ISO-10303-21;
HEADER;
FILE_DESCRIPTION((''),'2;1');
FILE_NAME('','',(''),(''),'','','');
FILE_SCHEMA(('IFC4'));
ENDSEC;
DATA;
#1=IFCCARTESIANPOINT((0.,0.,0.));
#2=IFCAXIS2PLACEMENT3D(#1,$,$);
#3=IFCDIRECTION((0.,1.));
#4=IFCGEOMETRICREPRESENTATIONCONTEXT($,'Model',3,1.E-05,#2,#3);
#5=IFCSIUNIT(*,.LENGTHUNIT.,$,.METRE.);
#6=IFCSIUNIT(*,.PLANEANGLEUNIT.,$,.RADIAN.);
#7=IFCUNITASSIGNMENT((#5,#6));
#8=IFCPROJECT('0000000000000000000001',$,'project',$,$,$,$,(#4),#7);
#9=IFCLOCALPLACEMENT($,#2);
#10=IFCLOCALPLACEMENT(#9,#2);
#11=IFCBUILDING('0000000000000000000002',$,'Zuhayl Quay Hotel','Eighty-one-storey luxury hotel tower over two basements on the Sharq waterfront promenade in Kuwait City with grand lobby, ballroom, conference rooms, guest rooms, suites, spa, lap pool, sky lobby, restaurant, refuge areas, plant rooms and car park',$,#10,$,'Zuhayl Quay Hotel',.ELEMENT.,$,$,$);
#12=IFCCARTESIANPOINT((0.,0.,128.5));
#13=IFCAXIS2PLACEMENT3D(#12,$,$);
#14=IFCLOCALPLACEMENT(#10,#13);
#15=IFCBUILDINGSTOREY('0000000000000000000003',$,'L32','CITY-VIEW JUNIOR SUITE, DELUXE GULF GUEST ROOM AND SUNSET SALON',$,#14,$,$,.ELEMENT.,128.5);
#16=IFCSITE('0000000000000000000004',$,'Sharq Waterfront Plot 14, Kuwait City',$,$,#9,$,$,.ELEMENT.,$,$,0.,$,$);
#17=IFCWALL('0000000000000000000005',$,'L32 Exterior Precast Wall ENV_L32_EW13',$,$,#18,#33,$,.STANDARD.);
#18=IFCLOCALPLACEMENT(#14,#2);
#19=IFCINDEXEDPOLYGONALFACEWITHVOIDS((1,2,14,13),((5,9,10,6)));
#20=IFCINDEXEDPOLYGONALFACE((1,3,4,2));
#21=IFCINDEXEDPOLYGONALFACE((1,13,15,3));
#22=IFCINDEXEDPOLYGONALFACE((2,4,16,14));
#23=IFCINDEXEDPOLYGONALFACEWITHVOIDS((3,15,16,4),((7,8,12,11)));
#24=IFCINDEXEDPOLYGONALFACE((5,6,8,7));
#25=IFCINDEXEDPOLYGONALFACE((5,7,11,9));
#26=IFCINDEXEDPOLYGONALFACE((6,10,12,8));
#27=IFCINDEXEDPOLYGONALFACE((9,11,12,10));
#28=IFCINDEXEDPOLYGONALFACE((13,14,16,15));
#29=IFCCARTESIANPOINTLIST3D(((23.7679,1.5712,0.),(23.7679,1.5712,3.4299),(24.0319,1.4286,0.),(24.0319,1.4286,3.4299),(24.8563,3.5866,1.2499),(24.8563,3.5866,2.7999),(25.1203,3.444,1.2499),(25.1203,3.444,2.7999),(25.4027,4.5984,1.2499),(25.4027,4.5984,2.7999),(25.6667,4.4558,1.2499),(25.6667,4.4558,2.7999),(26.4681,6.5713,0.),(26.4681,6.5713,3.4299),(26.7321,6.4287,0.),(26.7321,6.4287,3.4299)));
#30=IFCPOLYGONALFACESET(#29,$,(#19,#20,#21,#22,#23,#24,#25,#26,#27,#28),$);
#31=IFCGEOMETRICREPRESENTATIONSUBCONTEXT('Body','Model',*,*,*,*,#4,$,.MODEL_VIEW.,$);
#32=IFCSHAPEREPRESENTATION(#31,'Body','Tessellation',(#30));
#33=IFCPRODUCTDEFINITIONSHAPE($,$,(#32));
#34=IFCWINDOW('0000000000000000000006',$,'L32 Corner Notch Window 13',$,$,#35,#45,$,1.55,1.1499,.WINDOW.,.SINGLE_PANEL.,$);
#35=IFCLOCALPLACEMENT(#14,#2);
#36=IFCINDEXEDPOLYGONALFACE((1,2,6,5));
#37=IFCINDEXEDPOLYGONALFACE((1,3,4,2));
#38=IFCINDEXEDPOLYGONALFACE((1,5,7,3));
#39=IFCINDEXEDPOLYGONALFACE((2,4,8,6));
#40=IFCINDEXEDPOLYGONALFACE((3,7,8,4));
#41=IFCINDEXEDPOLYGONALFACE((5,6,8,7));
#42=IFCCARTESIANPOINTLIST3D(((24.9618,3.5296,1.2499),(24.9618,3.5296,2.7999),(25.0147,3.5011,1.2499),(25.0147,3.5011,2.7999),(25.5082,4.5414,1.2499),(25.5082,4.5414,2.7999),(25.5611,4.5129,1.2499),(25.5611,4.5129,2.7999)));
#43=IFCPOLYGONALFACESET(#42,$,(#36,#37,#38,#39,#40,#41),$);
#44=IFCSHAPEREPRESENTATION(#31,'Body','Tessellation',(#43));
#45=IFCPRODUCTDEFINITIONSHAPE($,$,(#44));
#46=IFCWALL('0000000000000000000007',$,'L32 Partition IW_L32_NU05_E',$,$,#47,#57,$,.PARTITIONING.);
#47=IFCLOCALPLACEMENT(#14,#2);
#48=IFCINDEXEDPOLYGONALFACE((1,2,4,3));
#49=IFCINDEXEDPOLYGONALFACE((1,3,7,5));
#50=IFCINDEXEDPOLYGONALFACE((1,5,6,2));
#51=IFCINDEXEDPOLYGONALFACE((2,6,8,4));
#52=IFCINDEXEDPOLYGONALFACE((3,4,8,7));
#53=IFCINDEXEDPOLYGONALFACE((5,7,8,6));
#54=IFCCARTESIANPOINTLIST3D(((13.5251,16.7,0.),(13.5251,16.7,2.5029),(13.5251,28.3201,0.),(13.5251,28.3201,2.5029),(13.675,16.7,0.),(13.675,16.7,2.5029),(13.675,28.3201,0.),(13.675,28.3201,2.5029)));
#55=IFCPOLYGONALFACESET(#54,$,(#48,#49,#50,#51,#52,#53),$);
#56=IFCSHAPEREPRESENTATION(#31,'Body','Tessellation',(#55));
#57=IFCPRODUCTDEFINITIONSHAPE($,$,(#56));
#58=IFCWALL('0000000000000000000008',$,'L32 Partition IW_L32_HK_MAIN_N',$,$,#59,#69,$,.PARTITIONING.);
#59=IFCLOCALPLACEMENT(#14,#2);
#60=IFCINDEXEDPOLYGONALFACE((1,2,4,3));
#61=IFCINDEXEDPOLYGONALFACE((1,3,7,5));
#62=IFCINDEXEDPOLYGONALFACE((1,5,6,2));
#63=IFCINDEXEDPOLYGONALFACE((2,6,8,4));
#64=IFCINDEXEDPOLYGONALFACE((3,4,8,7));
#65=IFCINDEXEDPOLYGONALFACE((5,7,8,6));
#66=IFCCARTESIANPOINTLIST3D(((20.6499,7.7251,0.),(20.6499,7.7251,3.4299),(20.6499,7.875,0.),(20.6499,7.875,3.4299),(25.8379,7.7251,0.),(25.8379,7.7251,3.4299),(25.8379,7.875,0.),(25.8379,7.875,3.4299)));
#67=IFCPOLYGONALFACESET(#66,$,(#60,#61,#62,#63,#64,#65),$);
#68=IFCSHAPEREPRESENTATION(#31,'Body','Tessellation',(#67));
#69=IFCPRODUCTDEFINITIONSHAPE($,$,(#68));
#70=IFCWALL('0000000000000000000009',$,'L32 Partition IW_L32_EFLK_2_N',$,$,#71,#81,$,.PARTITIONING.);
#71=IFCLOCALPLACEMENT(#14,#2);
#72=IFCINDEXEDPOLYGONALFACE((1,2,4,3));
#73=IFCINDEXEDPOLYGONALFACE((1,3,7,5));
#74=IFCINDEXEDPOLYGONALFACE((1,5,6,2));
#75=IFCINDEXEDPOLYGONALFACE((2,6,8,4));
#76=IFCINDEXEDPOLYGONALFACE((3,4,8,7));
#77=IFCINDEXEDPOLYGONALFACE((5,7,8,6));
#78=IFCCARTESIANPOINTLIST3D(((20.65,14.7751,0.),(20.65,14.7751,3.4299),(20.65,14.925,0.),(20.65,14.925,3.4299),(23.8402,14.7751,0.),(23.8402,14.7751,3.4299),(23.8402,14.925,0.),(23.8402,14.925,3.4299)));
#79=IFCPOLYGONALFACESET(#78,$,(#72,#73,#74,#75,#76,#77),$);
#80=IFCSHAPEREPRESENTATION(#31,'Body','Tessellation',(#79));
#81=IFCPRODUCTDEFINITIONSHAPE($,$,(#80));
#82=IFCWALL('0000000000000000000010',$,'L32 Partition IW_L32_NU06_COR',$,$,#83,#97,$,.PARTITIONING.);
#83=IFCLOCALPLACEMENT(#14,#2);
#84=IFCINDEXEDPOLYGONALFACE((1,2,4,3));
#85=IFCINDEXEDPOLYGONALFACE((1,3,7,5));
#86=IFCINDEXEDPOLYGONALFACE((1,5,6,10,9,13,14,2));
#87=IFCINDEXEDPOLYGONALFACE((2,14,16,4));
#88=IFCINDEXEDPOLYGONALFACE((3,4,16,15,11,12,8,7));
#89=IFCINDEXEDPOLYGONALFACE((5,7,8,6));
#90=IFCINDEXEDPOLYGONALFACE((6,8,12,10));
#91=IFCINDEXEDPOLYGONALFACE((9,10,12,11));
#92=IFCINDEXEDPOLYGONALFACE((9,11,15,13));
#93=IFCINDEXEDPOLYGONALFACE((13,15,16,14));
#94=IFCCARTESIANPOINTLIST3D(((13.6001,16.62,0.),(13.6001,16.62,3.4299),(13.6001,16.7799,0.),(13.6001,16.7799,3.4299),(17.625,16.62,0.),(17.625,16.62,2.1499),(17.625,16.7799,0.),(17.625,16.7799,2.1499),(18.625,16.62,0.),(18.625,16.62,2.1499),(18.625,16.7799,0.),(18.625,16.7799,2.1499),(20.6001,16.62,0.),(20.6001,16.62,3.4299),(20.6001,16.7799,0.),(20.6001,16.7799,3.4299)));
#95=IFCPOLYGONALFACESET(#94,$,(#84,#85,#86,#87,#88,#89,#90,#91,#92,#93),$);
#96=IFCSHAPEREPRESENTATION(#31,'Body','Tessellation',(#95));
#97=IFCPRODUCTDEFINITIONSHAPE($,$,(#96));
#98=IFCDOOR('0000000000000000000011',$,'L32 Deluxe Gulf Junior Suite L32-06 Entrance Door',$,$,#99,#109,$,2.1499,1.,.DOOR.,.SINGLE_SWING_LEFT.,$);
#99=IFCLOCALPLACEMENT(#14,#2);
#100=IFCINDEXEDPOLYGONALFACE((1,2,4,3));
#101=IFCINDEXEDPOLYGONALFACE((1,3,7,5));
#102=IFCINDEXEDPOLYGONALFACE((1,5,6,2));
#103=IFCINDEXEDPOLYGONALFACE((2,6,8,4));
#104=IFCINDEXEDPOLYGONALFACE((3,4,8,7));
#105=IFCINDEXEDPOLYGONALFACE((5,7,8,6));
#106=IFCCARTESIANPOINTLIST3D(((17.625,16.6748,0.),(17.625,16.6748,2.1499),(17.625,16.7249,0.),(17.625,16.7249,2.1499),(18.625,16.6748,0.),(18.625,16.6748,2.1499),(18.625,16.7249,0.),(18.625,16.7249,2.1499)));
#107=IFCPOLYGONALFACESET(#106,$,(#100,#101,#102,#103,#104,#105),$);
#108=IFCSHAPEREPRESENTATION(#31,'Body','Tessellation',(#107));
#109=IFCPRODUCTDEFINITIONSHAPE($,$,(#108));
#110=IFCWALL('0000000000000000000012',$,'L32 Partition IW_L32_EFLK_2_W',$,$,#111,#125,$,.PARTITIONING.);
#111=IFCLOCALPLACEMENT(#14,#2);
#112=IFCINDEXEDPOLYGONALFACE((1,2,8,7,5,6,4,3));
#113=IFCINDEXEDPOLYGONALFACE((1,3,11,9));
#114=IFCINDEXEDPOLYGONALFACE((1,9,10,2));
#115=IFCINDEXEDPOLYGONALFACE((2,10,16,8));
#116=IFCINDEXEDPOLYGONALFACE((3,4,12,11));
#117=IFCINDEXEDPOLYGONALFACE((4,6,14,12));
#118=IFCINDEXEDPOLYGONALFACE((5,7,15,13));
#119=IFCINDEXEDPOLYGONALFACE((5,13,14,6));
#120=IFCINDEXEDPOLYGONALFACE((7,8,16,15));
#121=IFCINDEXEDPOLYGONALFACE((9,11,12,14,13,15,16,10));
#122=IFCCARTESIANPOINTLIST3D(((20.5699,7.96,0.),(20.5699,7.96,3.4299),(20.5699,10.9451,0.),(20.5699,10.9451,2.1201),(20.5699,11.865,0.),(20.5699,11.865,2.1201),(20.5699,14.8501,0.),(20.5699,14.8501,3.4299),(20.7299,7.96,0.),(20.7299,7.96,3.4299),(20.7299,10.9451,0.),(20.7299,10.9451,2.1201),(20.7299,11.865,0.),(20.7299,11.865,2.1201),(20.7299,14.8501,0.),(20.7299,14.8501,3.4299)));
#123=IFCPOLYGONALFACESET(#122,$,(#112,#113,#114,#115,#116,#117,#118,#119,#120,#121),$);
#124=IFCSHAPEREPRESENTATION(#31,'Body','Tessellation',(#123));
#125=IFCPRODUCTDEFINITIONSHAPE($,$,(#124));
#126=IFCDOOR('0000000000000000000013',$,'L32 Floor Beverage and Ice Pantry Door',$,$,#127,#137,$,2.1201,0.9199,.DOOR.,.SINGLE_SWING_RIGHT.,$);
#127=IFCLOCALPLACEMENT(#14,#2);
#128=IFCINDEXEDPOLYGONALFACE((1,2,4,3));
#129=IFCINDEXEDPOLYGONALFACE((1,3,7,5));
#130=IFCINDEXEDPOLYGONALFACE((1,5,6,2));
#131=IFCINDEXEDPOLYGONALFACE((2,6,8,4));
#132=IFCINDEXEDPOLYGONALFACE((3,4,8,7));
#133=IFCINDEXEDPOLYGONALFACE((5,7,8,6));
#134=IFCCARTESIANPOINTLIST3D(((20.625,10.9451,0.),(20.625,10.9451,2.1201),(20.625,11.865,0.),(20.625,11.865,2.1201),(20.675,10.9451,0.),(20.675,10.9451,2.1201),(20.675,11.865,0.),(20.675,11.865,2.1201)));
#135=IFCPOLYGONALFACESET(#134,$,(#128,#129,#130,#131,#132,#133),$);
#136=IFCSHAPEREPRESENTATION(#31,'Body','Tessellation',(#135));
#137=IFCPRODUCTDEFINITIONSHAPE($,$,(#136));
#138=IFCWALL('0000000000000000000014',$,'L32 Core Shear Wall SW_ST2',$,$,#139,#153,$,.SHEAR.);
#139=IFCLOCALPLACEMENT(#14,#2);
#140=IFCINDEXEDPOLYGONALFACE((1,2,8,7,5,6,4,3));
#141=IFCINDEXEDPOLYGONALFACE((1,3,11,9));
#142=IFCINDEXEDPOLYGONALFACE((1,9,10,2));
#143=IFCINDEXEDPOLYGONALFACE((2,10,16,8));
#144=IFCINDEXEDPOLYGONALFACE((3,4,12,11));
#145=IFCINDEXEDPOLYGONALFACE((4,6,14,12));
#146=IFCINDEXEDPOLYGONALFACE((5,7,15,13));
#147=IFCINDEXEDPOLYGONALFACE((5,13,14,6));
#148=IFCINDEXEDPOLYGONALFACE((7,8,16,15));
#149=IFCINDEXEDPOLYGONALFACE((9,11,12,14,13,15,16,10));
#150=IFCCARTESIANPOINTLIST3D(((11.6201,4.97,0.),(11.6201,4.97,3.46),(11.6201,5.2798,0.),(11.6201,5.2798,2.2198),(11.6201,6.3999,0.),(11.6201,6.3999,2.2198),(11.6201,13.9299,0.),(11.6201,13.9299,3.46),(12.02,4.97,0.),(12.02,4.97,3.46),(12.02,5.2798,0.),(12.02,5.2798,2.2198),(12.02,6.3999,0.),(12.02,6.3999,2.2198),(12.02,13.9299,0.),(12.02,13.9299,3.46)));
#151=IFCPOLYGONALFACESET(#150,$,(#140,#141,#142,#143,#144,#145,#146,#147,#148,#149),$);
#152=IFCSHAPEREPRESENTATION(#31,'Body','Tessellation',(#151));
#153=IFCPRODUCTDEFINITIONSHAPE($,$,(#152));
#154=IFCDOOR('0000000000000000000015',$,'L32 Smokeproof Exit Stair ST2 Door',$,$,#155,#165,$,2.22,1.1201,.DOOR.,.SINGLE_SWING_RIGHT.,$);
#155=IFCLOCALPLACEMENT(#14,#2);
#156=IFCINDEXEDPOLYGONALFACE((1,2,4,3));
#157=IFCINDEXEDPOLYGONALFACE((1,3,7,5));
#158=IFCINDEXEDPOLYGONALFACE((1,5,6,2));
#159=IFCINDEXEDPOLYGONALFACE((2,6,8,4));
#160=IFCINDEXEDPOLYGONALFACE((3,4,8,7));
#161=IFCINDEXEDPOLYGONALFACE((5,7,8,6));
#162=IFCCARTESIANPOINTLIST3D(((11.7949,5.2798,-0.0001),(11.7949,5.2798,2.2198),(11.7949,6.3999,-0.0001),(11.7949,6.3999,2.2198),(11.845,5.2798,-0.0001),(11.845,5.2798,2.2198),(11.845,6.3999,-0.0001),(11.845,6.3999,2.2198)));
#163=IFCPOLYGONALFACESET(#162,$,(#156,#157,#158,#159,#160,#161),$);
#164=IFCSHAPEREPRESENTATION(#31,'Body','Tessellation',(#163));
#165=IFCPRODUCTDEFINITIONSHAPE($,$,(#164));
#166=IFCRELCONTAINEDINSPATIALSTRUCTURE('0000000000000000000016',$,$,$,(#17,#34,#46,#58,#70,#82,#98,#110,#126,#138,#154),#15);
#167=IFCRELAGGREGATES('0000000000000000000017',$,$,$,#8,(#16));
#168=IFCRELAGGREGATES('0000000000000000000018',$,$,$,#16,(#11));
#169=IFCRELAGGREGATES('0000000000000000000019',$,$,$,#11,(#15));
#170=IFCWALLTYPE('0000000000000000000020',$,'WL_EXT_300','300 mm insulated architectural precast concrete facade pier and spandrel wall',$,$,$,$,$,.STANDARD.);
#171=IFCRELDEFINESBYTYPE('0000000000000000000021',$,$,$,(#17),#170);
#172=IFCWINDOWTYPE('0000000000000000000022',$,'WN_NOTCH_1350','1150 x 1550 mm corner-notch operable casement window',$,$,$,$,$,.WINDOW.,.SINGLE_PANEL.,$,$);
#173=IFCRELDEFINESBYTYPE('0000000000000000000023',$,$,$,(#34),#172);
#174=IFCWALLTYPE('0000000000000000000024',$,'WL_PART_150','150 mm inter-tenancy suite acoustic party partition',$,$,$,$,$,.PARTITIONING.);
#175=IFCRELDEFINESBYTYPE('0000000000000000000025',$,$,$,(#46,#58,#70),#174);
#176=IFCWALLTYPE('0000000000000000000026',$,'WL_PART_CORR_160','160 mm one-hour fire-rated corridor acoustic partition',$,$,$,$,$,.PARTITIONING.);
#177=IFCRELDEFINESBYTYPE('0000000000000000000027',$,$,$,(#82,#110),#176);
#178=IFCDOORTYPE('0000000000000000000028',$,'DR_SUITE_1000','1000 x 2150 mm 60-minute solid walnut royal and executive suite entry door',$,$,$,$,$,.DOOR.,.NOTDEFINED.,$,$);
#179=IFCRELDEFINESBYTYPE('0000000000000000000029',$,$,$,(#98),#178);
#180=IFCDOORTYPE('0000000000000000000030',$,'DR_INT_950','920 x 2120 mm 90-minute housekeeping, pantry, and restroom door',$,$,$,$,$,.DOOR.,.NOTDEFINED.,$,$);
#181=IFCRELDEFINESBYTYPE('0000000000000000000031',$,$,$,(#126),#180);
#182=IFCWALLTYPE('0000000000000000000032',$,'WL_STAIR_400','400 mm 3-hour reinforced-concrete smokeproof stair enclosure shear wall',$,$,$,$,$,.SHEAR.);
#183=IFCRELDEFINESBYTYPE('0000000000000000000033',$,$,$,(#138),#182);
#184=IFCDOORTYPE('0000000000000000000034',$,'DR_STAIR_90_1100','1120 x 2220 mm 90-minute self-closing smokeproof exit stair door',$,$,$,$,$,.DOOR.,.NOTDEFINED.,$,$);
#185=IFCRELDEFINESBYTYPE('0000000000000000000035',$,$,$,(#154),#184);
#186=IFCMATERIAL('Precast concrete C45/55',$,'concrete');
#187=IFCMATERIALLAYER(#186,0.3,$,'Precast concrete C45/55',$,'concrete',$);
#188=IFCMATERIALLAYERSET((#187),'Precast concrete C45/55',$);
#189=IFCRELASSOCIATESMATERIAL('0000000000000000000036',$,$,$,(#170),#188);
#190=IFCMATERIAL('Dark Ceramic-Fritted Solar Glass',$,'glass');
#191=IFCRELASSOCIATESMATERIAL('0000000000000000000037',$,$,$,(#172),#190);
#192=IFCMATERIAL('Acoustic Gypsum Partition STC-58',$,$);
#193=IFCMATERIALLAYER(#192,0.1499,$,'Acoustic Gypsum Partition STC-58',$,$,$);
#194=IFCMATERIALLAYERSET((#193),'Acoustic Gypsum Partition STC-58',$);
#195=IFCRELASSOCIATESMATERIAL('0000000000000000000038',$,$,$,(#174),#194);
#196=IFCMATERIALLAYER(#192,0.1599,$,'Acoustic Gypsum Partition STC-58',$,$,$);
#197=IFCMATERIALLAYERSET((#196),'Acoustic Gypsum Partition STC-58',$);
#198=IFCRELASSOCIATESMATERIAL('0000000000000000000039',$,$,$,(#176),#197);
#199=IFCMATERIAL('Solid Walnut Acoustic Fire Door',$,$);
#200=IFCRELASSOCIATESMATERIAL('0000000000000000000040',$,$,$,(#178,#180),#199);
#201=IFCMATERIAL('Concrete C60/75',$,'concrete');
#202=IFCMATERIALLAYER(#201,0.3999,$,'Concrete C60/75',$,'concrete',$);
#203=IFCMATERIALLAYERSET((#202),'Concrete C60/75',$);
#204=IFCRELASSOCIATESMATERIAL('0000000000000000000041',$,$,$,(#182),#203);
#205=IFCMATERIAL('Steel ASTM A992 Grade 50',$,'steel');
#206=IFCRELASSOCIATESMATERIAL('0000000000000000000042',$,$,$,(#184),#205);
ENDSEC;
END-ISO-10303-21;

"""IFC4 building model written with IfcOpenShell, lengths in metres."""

from ifc_helpers import new_model, si_unit, direction, frame, frame_2d, origin, place, context, subcontext, project, spatial, rectangle, extrude, material, layer, layer_set, type_object, element, fill, save


model = new_model("IFC4")

# Units and contexts
model_context = context("Model", 3, precision=1e-05, world=origin(), true_north=direction((0.0, 1.0)))
body_context = subcontext(model_context, "Body", "Model", "MODEL_VIEW")
ifc_project = project(units=[si_unit("LENGTHUNIT", "METRE"), si_unit("PLANEANGLEUNIT", "RADIAN")], contexts=[model_context])

# Site, building, storey
site_placement = place(None, origin())
site = spatial("IfcSite", under=ifc_project, at=site_placement, Name="Sharq Waterfront Plot 14, Kuwait City", CompositionType="ELEMENT", RefElevation=0.0)
building_placement = place(site_placement, origin())
building = spatial("IfcBuilding", under=site, at=building_placement, Name="Zuhayl Quay Hotel", Description="Eighty-one-storey luxury hotel tower over two basements on the Sharq waterfront promenade in Kuwait City with grand lobby, ballroom, conference rooms, guest rooms, suites, spa, lap pool, sky lobby, restaurant, refuge areas, plant rooms and car park", LongName="Zuhayl Quay Hotel", CompositionType="ELEMENT")
storey_placement = place(building_placement, frame((0.0, 0.0, 128.5)))
storey = spatial("IfcBuildingStorey", under=building, at=storey_placement, Name="L32", Description="CITY-VIEW JUNIOR SUITE, DELUXE GULF GUEST ROOM AND SUNSET SALON", CompositionType="ELEMENT", Elevation=128.5)

# Shared definitions
ifc_material_1 = material(Name="Steel ASTM A992 Grade 50", Category="steel")

# Shared definitions
ifc_material_2 = material(Name="Concrete C60/75", Category="concrete")

# Wall, opening, window
ifc_material_3 = material(Name="Precast concrete C45/55", Category="concrete")
ifc_layer_1 = layer(ifc_material_3, 0.3, Name="Precast concrete C45/55", Category="concrete")
ifc_layer_set_1 = layer_set([ifc_layer_1], Name="Precast concrete C45/55")
wall_type_1 = type_object("IfcWallType", Name="WL_EXT_300", Description="300 mm insulated architectural precast concrete facade pier and spandrel wall", PredefinedType="STANDARD", material=ifc_layer_set_1)
ifc_material_4 = material(Name="Dark Ceramic-Fritted Solar Glass", Category="glass")
window_type_1 = type_object("IfcWindowType", Name="WN_NOTCH_1350", Description="1150 x 1550 mm corner-notch operable casement window", PartitioningType="SINGLE_PANEL", PredefinedType="WINDOW", material=ifc_material_4)
wall_1_placement = place(storey_placement, frame((26.6001, 6.5, 0.0), z_axis=(0.0, 0.0, 1.0), x_axis=(-0.475176, -0.879891, 0.0)))
wall_1 = element("IfcWall", 1, at=wall_1_placement, inside=storey, type_object=wall_type_1, Name="L32 Exterior Precast Wall ENV_L32_EW13", PredefinedType="STANDARD", context=body_context, shape_type="SweptSolid", body=[
    extrude(rectangle(XDim=5.6826, YDim=0.3, at=frame_2d((2.8413, 0.0))), origin(), (0.0, 0.0, 1.0), 3.4299),
])
opening_1_placement = place(wall_1_placement, frame((2.2422, 0.0, 1.25)))
opening_1 = element("IfcOpeningElement", 2, at=opening_1_placement, cuts=wall_1, PredefinedType="OPENING", context=body_context, shape_type="SweptSolid", body=[
    extrude(rectangle(XDim=1.1499, YDim=1.55, at=frame_2d((0.575, 0.7749))), frame((0.0, 0.1599, 0.0), z_axis=(0.0, -1.0, 0.0), x_axis=(1.0, 0.0, 0.0)), (0.0, 0.0, 1.0), 0.3201),
])
window_1_placement = place(opening_1_placement, origin())
window_1 = element("IfcWindow", 3, at=window_1_placement, inside=storey, type_object=window_type_1, Name="L32 Corner Notch Window 13", OverallHeight=1.55, OverallWidth=1.1499, PartitioningType="SINGLE_PANEL", PredefinedType="WINDOW", context=body_context, shape_type="SweptSolid", body=[
    extrude(rectangle(XDim=1.1499, YDim=1.55, at=frame_2d((0.575, 0.7749))), frame((0.0, 0.03, 0.0), z_axis=(0.0, -1.0, 0.0), x_axis=(1.0, 0.0, 0.0)), (0.0, 0.0, 1.0), 0.0601),
])
fill(opening_1, window_1)

# Walls
ifc_material_5 = material(Name="Acoustic Gypsum Partition STC-58")
ifc_layer_2 = layer(ifc_material_5, 0.1499, Name="Acoustic Gypsum Partition STC-58")
ifc_layer_set_2 = layer_set([ifc_layer_2], Name="Acoustic Gypsum Partition STC-58")
wall_type_2 = type_object("IfcWallType", Name="WL_PART_150", Description="150 mm inter-tenancy suite acoustic party partition", PredefinedType="PARTITIONING", material=ifc_layer_set_2)
wall_2_placement = place(storey_placement, frame((13.6001, 16.7, 0.0), z_axis=(0.0, 0.0, 1.0), x_axis=(0.0, 1.0, 0.0)))
element("IfcWall", 4, at=wall_2_placement, inside=storey, type_object=wall_type_2, Name="L32 Partition IW_L32_NU05_E", PredefinedType="PARTITIONING", context=body_context, shape_type="SweptSolid", body=[
    extrude(rectangle(XDim=11.6201, YDim=0.1499, at=frame_2d((5.8101, 0.0))), origin(), (0.0, 0.0, 1.0), 2.5029),
])
wall_3_placement = place(storey_placement, frame((20.6499, 7.8, 0.0), z_axis=(0.0, 0.0, 1.0), x_axis=(1.0, 0.0, 0.0)))
element("IfcWall", 5, at=wall_3_placement, inside=storey, type_object=wall_type_2, Name="L32 Partition IW_L32_HK_MAIN_N", PredefinedType="PARTITIONING", context=body_context, shape_type="SweptSolid", body=[
    extrude(rectangle(XDim=5.188, YDim=0.1499, at=frame_2d((2.594, 0.0))), origin(), (0.0, 0.0, 1.0), 3.4299),
])
wall_4_placement = place(storey_placement, frame((20.6499, 14.8501, 0.0), z_axis=(0.0, 0.0, 1.0), x_axis=(1.0, 0.0, 0.0)))
element("IfcWall", 6, at=wall_4_placement, inside=storey, type_object=wall_type_2, Name="L32 Partition IW_L32_EFLK_2_N", PredefinedType="PARTITIONING", context=body_context, shape_type="SweptSolid", body=[
    extrude(rectangle(XDim=3.1902, YDim=0.1499, at=frame_2d((1.5952, 0.0))), origin(), (0.0, 0.0, 1.0), 3.4299),
])

# Walls, openings, doors
ifc_layer_3 = layer(ifc_material_5, 0.1599, Name="Acoustic Gypsum Partition STC-58")
ifc_layer_set_3 = layer_set([ifc_layer_3], Name="Acoustic Gypsum Partition STC-58")
wall_type_3 = type_object("IfcWallType", Name="WL_PART_CORR_160", Description="160 mm one-hour fire-rated corridor acoustic partition", PredefinedType="PARTITIONING", material=ifc_layer_set_3)
wall_5_placement = place(storey_placement, frame((13.6001, 16.7, 0.0), z_axis=(0.0, 0.0, 1.0), x_axis=(1.0, 0.0, 0.0)))
wall_5 = element("IfcWall", 7, at=wall_5_placement, inside=storey, type_object=wall_type_3, Name="L32 Partition IW_L32_NU06_COR", PredefinedType="PARTITIONING", context=body_context, shape_type="SweptSolid", body=[
    extrude(rectangle(XDim=7.0, YDim=0.1599, at=frame_2d((3.5, 0.0))), origin(), (0.0, 0.0, 1.0), 3.4299),
])
opening_2_placement = place(wall_5_placement, frame((4.0249, 0.0, 0.0)))
opening_2 = element("IfcOpeningElement", 8, at=opening_2_placement, cuts=wall_5, PredefinedType="OPENING", context=body_context, shape_type="SweptSolid", body=[
    extrude(rectangle(XDim=1.0, YDim=2.1499, at=frame_2d((0.5, 1.075))), frame((0.0, 0.0898, 0.0), z_axis=(0.0, -1.0, 0.0), x_axis=(1.0, 0.0, 0.0)), (0.0, 0.0, 1.0), 0.1799),
])
ifc_material_6 = material(Name="Solid Walnut Acoustic Fire Door")
door_type_1 = type_object("IfcDoorType", Name="DR_SUITE_1000", Description="1000 x 2150 mm 60-minute solid walnut royal and executive suite entry door", OperationType="NOTDEFINED", PredefinedType="DOOR", material=ifc_material_6)
door_1_placement = place(opening_2_placement, origin())
door_1 = element("IfcDoor", 9, at=door_1_placement, inside=storey, type_object=door_type_1, Name="L32 Deluxe Gulf Junior Suite L32-06 Entrance Door", OperationType="SINGLE_SWING_LEFT", OverallHeight=2.1499, OverallWidth=1.0, PredefinedType="DOOR", context=body_context, shape_type="SweptSolid", body=[
    extrude(rectangle(XDim=1.0, YDim=2.1499, at=frame_2d((0.5, 1.075))), frame((0.0, 0.0249, 0.0), z_axis=(0.0, -1.0, 0.0), x_axis=(1.0, 0.0, 0.0)), (0.0, 0.0, 1.0), 0.05),
])
fill(opening_2, door_1)
wall_6_placement = place(storey_placement, frame((20.6499, 7.96, 0.0), z_axis=(0.0, 0.0, 1.0), x_axis=(0.0, 1.0, 0.0)))
wall_6 = element("IfcWall", 10, at=wall_6_placement, inside=storey, type_object=wall_type_3, Name="L32 Partition IW_L32_EFLK_2_W", PredefinedType="PARTITIONING", context=body_context, shape_type="SweptSolid", body=[
    extrude(rectangle(XDim=6.8901, YDim=0.1599, at=frame_2d((3.4451, 0.0))), origin(), (0.0, 0.0, 1.0), 3.4299),
])
opening_3_placement = place(wall_6_placement, frame((2.9851, 0.0, 0.0)))
opening_3 = element("IfcOpeningElement", 11, at=opening_3_placement, cuts=wall_6, PredefinedType="OPENING", context=body_context, shape_type="SweptSolid", body=[
    extrude(rectangle(XDim=0.9199, YDim=2.1201, at=frame_2d((0.46, 1.0601))), frame((0.0, 0.0898, 0.0), z_axis=(0.0, -1.0, 0.0), x_axis=(1.0, 0.0, 0.0)), (0.0, 0.0, 1.0), 0.1799),
])
door_type_2 = type_object("IfcDoorType", Name="DR_INT_950", Description="920 x 2120 mm 90-minute housekeeping, pantry, and restroom door", OperationType="NOTDEFINED", PredefinedType="DOOR", material=ifc_material_6)
door_2_placement = place(opening_3_placement, origin())
door_2 = element("IfcDoor", 12, at=door_2_placement, inside=storey, type_object=door_type_2, Name="L32 Floor Beverage and Ice Pantry Door", OperationType="SINGLE_SWING_RIGHT", OverallHeight=2.1201, OverallWidth=0.9199, PredefinedType="DOOR", context=body_context, shape_type="SweptSolid", body=[
    extrude(rectangle(XDim=0.9199, YDim=2.1201, at=frame_2d((0.46, 1.0601))), frame((0.0, 0.0249, 0.0), z_axis=(0.0, -1.0, 0.0), x_axis=(1.0, 0.0, 0.0)), (0.0, 0.0, 1.0), 0.05),
])
fill(opening_3, door_2)
ifc_layer_4 = layer(ifc_material_2, 0.3999, Name="Concrete C60/75", Category="concrete")
ifc_layer_set_4 = layer_set([ifc_layer_4], Name="Concrete C60/75")
wall_type_4 = type_object("IfcWallType", Name="WL_STAIR_400", Description="400 mm 3-hour reinforced-concrete smokeproof stair enclosure shear wall", PredefinedType="SHEAR", material=ifc_layer_set_4)
wall_7_placement = place(storey_placement, frame((11.8201, 13.9299, 0.0), z_axis=(0.0, 0.0, 1.0), x_axis=(0.0, -1.0, 0.0)))
wall_7 = element("IfcWall", 13, at=wall_7_placement, inside=storey, type_object=wall_type_4, Name="L32 Core Shear Wall SW_ST2", PredefinedType="SHEAR", context=body_context, shape_type="SweptSolid", body=[
    extrude(rectangle(XDim=8.96, YDim=0.3999, at=frame_2d((4.48, 0.0))), origin(), (0.0, 0.0, 1.0), 3.46),
])
opening_4_placement = place(wall_7_placement, frame((7.53, 0.0, 0.0)))
opening_4 = element("IfcOpeningElement", 14, at=opening_4_placement, cuts=wall_7, PredefinedType="OPENING", context=body_context, shape_type="SweptSolid", body=[
    extrude(rectangle(XDim=1.1201, YDim=2.22, at=frame_2d((0.5601, 1.1099))), frame((0.0, 0.21, 0.0), z_axis=(0.0, -1.0, 0.0), x_axis=(1.0, 0.0, 0.0)), (0.0, 0.0, 1.0), 0.4199),
])
door_type_3 = type_object("IfcDoorType", Name="DR_STAIR_90_1100", Description="1120 x 2220 mm 90-minute self-closing smokeproof exit stair door", OperationType="NOTDEFINED", PredefinedType="DOOR", material=ifc_material_1)
door_3_placement = place(opening_4_placement, origin())
door_3 = element("IfcDoor", 15, at=door_3_placement, inside=storey, type_object=door_type_3, Name="L32 Smokeproof Exit Stair ST2 Door", OperationType="SINGLE_SWING_RIGHT", OverallHeight=2.22, OverallWidth=1.1201, PredefinedType="DOOR", context=body_context, shape_type="SweptSolid", body=[
    extrude(rectangle(XDim=1.1201, YDim=2.22, at=frame_2d((0.5601, 1.1099))), frame((0.0, 0.0249, 0.0), z_axis=(0.0, -1.0, 0.0), x_axis=(1.0, 0.0, 0.0)), (0.0, 0.0, 1.0), 0.05),
])
fill(opening_4, door_3)

save(model, "model.ifc")
